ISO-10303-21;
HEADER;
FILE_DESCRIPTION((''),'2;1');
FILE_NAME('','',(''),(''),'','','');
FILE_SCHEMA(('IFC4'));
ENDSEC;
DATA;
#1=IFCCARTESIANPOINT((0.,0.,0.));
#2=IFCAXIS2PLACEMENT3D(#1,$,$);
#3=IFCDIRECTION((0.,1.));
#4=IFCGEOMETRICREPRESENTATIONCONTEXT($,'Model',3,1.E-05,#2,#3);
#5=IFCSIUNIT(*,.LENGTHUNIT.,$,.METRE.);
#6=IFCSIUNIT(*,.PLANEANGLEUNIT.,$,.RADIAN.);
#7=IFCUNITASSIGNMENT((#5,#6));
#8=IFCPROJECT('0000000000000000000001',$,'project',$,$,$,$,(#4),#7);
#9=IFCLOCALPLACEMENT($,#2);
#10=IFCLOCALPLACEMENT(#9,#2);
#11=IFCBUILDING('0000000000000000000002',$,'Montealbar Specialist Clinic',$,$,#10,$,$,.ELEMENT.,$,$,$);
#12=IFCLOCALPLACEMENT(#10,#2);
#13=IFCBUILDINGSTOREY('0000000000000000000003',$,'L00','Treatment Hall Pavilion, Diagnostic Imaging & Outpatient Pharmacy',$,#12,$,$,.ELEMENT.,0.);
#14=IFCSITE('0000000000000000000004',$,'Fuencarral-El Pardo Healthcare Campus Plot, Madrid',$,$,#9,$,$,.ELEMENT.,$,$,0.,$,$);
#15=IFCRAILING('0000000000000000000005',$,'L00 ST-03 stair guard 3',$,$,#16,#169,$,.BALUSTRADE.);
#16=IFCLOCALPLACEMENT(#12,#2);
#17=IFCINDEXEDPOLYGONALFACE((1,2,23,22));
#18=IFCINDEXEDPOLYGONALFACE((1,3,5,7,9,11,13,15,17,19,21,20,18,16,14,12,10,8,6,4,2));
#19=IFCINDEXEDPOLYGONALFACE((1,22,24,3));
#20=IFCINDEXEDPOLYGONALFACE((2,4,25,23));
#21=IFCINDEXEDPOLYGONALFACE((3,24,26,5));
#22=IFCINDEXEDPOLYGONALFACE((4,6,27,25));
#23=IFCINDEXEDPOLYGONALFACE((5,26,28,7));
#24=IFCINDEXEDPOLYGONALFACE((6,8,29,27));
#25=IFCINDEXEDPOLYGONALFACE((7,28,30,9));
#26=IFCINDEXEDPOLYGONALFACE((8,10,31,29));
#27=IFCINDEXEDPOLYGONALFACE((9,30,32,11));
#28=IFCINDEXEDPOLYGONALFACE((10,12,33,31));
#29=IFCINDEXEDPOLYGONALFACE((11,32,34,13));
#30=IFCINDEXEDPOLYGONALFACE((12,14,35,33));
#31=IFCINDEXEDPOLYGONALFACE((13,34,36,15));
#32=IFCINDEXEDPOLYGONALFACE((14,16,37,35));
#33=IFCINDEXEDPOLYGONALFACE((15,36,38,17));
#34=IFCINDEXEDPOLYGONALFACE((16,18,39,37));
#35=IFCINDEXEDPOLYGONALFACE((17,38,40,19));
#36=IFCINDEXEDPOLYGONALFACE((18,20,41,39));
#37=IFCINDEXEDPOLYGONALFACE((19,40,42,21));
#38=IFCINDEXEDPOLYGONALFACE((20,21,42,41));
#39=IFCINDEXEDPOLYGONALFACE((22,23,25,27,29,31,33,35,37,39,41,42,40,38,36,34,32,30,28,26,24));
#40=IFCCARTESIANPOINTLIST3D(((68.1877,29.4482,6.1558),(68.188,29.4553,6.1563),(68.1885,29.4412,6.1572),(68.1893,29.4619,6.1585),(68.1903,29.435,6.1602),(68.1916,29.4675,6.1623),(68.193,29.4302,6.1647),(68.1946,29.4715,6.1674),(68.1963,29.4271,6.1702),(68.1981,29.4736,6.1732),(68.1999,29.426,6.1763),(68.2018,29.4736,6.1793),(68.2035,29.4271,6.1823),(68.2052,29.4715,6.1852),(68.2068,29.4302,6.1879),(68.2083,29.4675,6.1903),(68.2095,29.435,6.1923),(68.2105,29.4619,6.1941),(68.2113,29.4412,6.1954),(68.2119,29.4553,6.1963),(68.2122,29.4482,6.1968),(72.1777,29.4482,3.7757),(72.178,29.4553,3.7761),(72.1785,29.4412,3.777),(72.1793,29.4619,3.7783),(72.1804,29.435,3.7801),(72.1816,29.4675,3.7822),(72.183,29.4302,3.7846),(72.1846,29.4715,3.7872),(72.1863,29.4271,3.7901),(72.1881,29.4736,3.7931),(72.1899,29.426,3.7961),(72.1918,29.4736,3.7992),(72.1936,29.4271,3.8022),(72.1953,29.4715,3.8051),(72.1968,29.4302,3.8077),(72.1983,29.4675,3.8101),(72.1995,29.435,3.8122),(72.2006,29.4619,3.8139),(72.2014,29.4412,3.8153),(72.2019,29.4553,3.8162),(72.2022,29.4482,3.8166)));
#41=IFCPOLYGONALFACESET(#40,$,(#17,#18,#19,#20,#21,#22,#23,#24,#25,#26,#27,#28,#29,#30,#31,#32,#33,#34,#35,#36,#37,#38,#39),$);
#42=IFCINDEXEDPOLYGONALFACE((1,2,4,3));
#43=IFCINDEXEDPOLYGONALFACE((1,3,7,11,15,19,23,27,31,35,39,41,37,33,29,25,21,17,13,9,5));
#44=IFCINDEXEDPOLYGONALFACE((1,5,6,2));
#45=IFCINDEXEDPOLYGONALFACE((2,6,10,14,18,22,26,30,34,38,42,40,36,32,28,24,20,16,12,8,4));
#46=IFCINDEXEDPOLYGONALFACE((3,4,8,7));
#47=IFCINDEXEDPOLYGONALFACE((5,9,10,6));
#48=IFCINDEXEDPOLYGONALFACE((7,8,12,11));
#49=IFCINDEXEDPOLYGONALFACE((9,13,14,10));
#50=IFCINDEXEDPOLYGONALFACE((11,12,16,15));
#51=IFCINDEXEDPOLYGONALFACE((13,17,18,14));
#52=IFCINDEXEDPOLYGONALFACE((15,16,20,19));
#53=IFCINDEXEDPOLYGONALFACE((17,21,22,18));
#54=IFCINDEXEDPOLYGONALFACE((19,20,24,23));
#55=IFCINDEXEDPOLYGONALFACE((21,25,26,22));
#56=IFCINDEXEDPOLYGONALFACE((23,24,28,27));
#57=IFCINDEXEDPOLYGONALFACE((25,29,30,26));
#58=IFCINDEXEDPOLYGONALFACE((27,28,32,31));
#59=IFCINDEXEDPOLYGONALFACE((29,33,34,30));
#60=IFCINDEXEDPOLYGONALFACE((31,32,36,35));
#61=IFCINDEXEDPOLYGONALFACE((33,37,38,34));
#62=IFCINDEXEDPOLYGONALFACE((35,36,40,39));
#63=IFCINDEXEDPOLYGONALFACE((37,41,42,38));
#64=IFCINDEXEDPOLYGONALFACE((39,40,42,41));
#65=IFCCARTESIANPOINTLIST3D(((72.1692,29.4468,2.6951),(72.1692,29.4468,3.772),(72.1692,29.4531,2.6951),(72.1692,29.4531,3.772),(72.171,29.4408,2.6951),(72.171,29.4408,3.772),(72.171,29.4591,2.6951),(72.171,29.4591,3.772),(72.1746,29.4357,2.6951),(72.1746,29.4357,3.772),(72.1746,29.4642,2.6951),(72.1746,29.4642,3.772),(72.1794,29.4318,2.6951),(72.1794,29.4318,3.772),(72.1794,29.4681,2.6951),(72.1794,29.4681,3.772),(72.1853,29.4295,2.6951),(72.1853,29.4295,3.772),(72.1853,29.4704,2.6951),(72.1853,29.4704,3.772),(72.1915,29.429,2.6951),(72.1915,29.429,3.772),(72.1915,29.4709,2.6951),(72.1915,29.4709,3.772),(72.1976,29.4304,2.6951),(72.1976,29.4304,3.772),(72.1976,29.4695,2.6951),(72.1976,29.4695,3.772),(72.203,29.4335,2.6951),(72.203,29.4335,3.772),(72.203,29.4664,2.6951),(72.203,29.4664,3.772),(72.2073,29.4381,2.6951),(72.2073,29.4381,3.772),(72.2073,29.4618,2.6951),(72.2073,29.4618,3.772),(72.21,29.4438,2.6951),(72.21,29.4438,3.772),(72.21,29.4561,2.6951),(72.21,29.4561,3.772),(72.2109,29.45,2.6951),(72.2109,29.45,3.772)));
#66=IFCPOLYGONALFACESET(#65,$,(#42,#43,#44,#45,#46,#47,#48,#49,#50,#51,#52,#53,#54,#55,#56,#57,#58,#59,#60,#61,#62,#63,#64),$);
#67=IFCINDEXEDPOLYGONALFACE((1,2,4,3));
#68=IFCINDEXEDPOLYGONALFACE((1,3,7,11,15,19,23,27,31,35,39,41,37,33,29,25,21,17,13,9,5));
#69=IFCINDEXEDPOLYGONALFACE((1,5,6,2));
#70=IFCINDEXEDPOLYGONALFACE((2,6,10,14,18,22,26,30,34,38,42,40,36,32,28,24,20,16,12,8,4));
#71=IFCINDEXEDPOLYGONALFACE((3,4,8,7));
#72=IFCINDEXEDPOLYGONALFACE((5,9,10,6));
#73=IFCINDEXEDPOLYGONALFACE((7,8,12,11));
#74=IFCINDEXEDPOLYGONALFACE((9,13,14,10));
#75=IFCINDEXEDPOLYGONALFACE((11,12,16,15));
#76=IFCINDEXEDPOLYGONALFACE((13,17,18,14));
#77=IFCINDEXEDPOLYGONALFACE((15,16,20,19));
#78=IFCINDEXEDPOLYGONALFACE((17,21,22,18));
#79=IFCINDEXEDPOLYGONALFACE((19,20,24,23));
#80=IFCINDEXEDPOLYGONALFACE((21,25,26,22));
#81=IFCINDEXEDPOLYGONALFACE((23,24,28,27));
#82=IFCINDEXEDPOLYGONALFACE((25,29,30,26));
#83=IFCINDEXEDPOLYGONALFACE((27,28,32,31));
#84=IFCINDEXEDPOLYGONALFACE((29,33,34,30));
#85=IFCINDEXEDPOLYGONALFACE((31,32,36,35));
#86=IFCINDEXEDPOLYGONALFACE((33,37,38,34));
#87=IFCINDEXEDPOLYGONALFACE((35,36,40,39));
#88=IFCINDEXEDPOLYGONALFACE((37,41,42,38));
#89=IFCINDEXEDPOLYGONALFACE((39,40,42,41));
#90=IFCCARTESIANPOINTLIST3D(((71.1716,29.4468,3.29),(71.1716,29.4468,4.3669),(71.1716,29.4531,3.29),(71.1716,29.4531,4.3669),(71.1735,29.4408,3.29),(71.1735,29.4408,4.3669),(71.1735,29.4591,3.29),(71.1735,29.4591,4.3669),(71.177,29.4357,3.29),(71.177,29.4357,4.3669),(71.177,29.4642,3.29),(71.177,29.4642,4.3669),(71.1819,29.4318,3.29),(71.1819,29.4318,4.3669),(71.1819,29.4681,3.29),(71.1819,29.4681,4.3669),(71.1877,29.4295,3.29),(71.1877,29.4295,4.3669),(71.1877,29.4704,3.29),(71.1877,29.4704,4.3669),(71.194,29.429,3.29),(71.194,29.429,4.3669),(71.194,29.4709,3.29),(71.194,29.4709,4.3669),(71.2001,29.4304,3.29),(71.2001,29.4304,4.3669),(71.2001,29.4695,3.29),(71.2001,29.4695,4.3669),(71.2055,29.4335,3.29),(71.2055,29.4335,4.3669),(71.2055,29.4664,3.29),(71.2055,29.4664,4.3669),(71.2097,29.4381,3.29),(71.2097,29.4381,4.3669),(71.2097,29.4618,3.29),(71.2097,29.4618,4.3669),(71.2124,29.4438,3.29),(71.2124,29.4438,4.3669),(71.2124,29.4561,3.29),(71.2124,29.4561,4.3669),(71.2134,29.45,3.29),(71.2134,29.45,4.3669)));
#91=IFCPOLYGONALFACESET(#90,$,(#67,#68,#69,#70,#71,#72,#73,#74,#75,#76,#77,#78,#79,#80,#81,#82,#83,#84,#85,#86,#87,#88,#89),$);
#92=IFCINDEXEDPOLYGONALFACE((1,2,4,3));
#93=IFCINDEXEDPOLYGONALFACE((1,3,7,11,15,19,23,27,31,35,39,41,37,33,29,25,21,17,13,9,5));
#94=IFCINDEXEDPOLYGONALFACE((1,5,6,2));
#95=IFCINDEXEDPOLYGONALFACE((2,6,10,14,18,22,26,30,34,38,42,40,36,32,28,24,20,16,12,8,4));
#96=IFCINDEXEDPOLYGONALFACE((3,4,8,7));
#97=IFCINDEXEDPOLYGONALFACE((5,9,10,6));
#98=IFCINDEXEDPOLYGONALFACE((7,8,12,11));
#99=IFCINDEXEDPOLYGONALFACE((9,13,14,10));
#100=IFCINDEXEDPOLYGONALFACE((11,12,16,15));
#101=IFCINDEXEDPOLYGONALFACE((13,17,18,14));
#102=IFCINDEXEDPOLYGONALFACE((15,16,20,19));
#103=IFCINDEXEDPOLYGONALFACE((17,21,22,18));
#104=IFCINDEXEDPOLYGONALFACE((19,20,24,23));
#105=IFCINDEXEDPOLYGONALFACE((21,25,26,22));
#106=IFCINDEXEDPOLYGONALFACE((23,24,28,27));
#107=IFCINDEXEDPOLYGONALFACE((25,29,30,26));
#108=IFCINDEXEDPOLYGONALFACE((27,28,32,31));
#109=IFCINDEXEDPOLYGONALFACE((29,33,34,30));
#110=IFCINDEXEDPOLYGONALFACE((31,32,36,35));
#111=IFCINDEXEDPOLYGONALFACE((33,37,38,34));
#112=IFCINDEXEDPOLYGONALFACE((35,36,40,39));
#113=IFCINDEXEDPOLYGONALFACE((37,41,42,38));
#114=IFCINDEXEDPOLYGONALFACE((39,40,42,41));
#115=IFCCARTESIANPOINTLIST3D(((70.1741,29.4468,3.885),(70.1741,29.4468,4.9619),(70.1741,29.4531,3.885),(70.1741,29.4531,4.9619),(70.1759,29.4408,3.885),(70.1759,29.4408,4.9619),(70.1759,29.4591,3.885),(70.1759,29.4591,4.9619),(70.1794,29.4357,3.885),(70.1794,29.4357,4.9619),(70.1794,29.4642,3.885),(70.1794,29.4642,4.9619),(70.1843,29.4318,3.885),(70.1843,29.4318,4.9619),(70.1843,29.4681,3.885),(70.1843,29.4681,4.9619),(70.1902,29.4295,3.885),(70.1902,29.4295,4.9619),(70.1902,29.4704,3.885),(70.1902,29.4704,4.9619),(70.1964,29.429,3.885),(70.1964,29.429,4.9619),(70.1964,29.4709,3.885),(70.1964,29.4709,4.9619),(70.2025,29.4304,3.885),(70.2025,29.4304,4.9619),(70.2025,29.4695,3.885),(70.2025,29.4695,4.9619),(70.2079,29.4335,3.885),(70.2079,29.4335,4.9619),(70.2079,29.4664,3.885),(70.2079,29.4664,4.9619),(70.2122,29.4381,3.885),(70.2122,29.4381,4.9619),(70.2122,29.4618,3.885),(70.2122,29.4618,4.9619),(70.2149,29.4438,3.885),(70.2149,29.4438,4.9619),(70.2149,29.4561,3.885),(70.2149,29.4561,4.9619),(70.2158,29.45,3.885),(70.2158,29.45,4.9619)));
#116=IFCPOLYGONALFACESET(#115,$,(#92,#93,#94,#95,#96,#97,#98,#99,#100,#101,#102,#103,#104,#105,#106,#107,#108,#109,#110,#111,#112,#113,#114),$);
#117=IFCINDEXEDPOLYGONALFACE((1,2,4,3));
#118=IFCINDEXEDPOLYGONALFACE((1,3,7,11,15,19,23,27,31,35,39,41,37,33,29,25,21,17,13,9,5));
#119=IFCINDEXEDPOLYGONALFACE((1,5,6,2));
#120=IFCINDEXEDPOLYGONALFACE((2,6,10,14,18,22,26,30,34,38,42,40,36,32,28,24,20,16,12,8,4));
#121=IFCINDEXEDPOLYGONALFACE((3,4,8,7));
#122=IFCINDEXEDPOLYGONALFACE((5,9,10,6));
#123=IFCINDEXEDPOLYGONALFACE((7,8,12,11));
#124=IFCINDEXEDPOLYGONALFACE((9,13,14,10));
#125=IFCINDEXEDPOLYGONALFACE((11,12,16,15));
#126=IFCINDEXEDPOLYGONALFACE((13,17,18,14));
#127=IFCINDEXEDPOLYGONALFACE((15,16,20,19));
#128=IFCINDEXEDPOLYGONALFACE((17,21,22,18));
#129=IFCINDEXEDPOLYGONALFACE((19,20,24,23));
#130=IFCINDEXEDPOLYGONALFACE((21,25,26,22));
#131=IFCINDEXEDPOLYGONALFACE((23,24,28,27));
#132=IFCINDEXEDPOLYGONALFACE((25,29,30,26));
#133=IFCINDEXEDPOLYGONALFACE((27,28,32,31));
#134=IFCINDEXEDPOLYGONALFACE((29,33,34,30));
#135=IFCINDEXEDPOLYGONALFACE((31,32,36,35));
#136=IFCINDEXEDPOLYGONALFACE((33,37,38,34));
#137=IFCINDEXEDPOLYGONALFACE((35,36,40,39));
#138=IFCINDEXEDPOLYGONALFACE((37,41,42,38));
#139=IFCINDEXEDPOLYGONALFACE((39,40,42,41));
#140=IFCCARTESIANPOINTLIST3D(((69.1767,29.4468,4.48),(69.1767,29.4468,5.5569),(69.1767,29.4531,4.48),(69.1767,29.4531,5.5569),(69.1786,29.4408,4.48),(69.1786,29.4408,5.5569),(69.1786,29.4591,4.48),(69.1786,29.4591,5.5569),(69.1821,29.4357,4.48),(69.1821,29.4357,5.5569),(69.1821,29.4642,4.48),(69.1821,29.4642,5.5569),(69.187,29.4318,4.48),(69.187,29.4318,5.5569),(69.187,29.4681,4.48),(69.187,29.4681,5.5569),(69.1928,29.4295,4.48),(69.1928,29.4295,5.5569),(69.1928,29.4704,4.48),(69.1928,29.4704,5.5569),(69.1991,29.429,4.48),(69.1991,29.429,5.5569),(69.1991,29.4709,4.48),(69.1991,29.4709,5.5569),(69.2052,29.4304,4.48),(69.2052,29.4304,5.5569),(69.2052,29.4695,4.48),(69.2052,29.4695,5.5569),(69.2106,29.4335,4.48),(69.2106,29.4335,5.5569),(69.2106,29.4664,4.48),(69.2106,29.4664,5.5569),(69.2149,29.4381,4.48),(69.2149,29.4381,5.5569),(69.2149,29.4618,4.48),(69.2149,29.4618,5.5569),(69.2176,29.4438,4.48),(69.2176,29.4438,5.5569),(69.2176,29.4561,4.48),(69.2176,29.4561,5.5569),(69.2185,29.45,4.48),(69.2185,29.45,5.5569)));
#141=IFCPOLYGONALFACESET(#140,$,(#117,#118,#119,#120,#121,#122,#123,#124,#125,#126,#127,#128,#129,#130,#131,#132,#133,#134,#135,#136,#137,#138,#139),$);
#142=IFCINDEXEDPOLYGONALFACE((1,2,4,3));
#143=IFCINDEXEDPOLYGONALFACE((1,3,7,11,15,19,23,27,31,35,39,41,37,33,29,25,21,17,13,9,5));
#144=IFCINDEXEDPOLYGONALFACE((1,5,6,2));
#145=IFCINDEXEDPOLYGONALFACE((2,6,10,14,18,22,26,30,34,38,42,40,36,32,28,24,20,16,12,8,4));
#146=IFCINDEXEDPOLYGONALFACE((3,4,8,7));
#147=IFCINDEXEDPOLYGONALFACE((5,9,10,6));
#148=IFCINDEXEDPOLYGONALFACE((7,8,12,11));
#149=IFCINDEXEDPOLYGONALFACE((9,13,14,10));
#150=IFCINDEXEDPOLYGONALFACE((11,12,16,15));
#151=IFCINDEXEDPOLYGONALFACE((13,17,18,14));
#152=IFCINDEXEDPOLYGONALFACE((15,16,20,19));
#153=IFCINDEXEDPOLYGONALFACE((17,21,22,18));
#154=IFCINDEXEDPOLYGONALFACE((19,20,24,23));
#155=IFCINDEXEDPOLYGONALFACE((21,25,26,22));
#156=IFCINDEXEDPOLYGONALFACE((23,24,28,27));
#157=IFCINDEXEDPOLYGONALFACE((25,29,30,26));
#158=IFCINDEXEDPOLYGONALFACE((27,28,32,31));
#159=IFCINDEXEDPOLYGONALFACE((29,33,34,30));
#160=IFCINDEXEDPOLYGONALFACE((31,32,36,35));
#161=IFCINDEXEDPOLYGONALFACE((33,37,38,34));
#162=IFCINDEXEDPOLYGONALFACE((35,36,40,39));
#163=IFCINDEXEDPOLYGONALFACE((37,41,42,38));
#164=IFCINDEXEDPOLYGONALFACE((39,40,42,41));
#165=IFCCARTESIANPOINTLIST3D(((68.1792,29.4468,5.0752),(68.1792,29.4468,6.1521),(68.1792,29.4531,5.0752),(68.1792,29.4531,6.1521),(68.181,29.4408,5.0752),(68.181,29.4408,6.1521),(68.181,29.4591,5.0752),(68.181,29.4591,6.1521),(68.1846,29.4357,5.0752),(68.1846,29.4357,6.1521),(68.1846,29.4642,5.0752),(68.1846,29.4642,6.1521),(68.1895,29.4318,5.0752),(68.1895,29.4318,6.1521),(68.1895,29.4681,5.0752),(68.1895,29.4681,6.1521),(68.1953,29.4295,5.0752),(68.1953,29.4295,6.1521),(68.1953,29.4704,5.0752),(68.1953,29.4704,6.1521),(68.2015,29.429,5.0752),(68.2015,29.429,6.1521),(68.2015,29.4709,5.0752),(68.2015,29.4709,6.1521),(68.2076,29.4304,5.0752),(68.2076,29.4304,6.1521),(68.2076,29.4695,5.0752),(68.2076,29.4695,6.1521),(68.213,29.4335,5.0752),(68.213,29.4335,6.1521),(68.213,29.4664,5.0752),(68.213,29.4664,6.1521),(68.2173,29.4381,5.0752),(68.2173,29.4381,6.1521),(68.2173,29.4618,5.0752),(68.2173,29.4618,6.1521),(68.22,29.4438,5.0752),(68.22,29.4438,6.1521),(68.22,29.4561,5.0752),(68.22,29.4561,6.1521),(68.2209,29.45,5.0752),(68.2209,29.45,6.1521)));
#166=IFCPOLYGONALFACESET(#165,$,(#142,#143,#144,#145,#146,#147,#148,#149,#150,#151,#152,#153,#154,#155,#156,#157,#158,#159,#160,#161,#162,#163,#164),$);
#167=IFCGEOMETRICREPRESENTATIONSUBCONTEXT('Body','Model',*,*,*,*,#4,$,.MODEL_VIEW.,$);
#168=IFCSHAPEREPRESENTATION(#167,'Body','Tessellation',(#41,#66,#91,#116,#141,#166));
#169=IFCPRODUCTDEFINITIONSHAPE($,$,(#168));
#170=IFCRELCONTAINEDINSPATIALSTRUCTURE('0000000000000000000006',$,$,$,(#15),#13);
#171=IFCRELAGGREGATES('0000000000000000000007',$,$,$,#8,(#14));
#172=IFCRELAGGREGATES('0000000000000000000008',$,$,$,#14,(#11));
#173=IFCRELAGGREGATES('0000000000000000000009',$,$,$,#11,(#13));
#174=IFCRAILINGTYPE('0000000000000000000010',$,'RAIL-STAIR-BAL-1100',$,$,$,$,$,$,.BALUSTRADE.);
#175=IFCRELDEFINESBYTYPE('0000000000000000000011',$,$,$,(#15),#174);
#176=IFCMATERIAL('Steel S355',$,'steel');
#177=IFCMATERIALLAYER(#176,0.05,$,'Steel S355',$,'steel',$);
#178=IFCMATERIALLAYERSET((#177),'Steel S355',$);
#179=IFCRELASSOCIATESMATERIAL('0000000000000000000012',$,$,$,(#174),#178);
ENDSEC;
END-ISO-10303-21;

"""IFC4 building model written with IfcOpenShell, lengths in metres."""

from ifc_helpers import new_model, si_unit, direction, frame, origin, origin_2d, place, context, subcontext, project, spatial, circle, extrude, material, layer, layer_set, type_object, element, save


model = new_model("IFC4")

# Units and contexts
model_context = context("Model", 3, precision=1e-05, world=origin(), true_north=direction((0.0, 1.0)))
body_context = subcontext(model_context, "Body", "Model", "MODEL_VIEW")
ifc_project = project(units=[si_unit("LENGTHUNIT", "METRE"), si_unit("PLANEANGLEUNIT", "RADIAN")], contexts=[model_context])

# Site, building, storey
site_placement = place(None, origin())
site = spatial("IfcSite", under=ifc_project, at=site_placement, Name="Fuencarral-El Pardo Healthcare Campus Plot, Madrid", CompositionType="ELEMENT", RefElevation=0.0)
building_placement = place(site_placement, origin())
building = spatial("IfcBuilding", under=site, at=building_placement, Name="Montealbar Specialist Clinic", CompositionType="ELEMENT")
storey_placement = place(building_placement, origin())
storey = spatial("IfcBuildingStorey", under=building, at=storey_placement, Name="L00", Description="Treatment Hall Pavilion, Diagnostic Imaging & Outpatient Pharmacy", CompositionType="ELEMENT", Elevation=0.0)

# Shared definitions
ifc_material_1 = material(Name="Steel S355", Category="steel")

# Railing
ifc_layer_1 = layer(ifc_material_1, 0.05, Name="Steel S355", Category="steel")
ifc_layer_set_1 = layer_set([ifc_layer_1], Name="Steel S355")
railing_type_1 = type_object("IfcRailingType", Name="RAIL-STAIR-BAL-1100", PredefinedType="BALUSTRADE", material=ifc_layer_set_1)
railing_1_placement = place(storey_placement, frame((72.1899, 29.45, 2.72)))
element("IfcRailing", 1, at=railing_1_placement, inside=storey, type_object=railing_type_1, Name="L00 ST-03 stair guard 3", PredefinedType="BALUSTRADE", context=body_context, shape_type="SweptSolid", body=[
    extrude(circle(Radius=0.0239, at=origin_2d()), frame((0.0, 0.0, 1.0762), z_axis=(-0.858807, 0.0, 0.512299), x_axis=(0.0, -1.0, 0.0)), (0.0, 0.0, 1.0), 4.646),
    extrude(circle(Radius=0.021, at=origin_2d()), frame((0.0, 0.0, -0.0249)), (0.0, 0.0, 1.0), 1.0769),
    extrude(circle(Radius=0.021, at=origin_2d()), frame((-0.9976, 0.0, 0.5701)), (0.0, 0.0, 1.0), 1.0769),
    extrude(circle(Radius=0.021, at=origin_2d()), frame((-1.9951, 0.0, 1.165)), (0.0, 0.0, 1.0), 1.0769),
    extrude(circle(Radius=0.021, at=origin_2d()), frame((-2.9924, 0.0, 1.76)), (0.0, 0.0, 1.0), 1.0769),
    extrude(circle(Radius=0.021, at=origin_2d()), frame((-3.99, 0.0, 2.3552)), (0.0, 0.0, 1.0), 1.0769),
])

save(model, "model.ifc")
